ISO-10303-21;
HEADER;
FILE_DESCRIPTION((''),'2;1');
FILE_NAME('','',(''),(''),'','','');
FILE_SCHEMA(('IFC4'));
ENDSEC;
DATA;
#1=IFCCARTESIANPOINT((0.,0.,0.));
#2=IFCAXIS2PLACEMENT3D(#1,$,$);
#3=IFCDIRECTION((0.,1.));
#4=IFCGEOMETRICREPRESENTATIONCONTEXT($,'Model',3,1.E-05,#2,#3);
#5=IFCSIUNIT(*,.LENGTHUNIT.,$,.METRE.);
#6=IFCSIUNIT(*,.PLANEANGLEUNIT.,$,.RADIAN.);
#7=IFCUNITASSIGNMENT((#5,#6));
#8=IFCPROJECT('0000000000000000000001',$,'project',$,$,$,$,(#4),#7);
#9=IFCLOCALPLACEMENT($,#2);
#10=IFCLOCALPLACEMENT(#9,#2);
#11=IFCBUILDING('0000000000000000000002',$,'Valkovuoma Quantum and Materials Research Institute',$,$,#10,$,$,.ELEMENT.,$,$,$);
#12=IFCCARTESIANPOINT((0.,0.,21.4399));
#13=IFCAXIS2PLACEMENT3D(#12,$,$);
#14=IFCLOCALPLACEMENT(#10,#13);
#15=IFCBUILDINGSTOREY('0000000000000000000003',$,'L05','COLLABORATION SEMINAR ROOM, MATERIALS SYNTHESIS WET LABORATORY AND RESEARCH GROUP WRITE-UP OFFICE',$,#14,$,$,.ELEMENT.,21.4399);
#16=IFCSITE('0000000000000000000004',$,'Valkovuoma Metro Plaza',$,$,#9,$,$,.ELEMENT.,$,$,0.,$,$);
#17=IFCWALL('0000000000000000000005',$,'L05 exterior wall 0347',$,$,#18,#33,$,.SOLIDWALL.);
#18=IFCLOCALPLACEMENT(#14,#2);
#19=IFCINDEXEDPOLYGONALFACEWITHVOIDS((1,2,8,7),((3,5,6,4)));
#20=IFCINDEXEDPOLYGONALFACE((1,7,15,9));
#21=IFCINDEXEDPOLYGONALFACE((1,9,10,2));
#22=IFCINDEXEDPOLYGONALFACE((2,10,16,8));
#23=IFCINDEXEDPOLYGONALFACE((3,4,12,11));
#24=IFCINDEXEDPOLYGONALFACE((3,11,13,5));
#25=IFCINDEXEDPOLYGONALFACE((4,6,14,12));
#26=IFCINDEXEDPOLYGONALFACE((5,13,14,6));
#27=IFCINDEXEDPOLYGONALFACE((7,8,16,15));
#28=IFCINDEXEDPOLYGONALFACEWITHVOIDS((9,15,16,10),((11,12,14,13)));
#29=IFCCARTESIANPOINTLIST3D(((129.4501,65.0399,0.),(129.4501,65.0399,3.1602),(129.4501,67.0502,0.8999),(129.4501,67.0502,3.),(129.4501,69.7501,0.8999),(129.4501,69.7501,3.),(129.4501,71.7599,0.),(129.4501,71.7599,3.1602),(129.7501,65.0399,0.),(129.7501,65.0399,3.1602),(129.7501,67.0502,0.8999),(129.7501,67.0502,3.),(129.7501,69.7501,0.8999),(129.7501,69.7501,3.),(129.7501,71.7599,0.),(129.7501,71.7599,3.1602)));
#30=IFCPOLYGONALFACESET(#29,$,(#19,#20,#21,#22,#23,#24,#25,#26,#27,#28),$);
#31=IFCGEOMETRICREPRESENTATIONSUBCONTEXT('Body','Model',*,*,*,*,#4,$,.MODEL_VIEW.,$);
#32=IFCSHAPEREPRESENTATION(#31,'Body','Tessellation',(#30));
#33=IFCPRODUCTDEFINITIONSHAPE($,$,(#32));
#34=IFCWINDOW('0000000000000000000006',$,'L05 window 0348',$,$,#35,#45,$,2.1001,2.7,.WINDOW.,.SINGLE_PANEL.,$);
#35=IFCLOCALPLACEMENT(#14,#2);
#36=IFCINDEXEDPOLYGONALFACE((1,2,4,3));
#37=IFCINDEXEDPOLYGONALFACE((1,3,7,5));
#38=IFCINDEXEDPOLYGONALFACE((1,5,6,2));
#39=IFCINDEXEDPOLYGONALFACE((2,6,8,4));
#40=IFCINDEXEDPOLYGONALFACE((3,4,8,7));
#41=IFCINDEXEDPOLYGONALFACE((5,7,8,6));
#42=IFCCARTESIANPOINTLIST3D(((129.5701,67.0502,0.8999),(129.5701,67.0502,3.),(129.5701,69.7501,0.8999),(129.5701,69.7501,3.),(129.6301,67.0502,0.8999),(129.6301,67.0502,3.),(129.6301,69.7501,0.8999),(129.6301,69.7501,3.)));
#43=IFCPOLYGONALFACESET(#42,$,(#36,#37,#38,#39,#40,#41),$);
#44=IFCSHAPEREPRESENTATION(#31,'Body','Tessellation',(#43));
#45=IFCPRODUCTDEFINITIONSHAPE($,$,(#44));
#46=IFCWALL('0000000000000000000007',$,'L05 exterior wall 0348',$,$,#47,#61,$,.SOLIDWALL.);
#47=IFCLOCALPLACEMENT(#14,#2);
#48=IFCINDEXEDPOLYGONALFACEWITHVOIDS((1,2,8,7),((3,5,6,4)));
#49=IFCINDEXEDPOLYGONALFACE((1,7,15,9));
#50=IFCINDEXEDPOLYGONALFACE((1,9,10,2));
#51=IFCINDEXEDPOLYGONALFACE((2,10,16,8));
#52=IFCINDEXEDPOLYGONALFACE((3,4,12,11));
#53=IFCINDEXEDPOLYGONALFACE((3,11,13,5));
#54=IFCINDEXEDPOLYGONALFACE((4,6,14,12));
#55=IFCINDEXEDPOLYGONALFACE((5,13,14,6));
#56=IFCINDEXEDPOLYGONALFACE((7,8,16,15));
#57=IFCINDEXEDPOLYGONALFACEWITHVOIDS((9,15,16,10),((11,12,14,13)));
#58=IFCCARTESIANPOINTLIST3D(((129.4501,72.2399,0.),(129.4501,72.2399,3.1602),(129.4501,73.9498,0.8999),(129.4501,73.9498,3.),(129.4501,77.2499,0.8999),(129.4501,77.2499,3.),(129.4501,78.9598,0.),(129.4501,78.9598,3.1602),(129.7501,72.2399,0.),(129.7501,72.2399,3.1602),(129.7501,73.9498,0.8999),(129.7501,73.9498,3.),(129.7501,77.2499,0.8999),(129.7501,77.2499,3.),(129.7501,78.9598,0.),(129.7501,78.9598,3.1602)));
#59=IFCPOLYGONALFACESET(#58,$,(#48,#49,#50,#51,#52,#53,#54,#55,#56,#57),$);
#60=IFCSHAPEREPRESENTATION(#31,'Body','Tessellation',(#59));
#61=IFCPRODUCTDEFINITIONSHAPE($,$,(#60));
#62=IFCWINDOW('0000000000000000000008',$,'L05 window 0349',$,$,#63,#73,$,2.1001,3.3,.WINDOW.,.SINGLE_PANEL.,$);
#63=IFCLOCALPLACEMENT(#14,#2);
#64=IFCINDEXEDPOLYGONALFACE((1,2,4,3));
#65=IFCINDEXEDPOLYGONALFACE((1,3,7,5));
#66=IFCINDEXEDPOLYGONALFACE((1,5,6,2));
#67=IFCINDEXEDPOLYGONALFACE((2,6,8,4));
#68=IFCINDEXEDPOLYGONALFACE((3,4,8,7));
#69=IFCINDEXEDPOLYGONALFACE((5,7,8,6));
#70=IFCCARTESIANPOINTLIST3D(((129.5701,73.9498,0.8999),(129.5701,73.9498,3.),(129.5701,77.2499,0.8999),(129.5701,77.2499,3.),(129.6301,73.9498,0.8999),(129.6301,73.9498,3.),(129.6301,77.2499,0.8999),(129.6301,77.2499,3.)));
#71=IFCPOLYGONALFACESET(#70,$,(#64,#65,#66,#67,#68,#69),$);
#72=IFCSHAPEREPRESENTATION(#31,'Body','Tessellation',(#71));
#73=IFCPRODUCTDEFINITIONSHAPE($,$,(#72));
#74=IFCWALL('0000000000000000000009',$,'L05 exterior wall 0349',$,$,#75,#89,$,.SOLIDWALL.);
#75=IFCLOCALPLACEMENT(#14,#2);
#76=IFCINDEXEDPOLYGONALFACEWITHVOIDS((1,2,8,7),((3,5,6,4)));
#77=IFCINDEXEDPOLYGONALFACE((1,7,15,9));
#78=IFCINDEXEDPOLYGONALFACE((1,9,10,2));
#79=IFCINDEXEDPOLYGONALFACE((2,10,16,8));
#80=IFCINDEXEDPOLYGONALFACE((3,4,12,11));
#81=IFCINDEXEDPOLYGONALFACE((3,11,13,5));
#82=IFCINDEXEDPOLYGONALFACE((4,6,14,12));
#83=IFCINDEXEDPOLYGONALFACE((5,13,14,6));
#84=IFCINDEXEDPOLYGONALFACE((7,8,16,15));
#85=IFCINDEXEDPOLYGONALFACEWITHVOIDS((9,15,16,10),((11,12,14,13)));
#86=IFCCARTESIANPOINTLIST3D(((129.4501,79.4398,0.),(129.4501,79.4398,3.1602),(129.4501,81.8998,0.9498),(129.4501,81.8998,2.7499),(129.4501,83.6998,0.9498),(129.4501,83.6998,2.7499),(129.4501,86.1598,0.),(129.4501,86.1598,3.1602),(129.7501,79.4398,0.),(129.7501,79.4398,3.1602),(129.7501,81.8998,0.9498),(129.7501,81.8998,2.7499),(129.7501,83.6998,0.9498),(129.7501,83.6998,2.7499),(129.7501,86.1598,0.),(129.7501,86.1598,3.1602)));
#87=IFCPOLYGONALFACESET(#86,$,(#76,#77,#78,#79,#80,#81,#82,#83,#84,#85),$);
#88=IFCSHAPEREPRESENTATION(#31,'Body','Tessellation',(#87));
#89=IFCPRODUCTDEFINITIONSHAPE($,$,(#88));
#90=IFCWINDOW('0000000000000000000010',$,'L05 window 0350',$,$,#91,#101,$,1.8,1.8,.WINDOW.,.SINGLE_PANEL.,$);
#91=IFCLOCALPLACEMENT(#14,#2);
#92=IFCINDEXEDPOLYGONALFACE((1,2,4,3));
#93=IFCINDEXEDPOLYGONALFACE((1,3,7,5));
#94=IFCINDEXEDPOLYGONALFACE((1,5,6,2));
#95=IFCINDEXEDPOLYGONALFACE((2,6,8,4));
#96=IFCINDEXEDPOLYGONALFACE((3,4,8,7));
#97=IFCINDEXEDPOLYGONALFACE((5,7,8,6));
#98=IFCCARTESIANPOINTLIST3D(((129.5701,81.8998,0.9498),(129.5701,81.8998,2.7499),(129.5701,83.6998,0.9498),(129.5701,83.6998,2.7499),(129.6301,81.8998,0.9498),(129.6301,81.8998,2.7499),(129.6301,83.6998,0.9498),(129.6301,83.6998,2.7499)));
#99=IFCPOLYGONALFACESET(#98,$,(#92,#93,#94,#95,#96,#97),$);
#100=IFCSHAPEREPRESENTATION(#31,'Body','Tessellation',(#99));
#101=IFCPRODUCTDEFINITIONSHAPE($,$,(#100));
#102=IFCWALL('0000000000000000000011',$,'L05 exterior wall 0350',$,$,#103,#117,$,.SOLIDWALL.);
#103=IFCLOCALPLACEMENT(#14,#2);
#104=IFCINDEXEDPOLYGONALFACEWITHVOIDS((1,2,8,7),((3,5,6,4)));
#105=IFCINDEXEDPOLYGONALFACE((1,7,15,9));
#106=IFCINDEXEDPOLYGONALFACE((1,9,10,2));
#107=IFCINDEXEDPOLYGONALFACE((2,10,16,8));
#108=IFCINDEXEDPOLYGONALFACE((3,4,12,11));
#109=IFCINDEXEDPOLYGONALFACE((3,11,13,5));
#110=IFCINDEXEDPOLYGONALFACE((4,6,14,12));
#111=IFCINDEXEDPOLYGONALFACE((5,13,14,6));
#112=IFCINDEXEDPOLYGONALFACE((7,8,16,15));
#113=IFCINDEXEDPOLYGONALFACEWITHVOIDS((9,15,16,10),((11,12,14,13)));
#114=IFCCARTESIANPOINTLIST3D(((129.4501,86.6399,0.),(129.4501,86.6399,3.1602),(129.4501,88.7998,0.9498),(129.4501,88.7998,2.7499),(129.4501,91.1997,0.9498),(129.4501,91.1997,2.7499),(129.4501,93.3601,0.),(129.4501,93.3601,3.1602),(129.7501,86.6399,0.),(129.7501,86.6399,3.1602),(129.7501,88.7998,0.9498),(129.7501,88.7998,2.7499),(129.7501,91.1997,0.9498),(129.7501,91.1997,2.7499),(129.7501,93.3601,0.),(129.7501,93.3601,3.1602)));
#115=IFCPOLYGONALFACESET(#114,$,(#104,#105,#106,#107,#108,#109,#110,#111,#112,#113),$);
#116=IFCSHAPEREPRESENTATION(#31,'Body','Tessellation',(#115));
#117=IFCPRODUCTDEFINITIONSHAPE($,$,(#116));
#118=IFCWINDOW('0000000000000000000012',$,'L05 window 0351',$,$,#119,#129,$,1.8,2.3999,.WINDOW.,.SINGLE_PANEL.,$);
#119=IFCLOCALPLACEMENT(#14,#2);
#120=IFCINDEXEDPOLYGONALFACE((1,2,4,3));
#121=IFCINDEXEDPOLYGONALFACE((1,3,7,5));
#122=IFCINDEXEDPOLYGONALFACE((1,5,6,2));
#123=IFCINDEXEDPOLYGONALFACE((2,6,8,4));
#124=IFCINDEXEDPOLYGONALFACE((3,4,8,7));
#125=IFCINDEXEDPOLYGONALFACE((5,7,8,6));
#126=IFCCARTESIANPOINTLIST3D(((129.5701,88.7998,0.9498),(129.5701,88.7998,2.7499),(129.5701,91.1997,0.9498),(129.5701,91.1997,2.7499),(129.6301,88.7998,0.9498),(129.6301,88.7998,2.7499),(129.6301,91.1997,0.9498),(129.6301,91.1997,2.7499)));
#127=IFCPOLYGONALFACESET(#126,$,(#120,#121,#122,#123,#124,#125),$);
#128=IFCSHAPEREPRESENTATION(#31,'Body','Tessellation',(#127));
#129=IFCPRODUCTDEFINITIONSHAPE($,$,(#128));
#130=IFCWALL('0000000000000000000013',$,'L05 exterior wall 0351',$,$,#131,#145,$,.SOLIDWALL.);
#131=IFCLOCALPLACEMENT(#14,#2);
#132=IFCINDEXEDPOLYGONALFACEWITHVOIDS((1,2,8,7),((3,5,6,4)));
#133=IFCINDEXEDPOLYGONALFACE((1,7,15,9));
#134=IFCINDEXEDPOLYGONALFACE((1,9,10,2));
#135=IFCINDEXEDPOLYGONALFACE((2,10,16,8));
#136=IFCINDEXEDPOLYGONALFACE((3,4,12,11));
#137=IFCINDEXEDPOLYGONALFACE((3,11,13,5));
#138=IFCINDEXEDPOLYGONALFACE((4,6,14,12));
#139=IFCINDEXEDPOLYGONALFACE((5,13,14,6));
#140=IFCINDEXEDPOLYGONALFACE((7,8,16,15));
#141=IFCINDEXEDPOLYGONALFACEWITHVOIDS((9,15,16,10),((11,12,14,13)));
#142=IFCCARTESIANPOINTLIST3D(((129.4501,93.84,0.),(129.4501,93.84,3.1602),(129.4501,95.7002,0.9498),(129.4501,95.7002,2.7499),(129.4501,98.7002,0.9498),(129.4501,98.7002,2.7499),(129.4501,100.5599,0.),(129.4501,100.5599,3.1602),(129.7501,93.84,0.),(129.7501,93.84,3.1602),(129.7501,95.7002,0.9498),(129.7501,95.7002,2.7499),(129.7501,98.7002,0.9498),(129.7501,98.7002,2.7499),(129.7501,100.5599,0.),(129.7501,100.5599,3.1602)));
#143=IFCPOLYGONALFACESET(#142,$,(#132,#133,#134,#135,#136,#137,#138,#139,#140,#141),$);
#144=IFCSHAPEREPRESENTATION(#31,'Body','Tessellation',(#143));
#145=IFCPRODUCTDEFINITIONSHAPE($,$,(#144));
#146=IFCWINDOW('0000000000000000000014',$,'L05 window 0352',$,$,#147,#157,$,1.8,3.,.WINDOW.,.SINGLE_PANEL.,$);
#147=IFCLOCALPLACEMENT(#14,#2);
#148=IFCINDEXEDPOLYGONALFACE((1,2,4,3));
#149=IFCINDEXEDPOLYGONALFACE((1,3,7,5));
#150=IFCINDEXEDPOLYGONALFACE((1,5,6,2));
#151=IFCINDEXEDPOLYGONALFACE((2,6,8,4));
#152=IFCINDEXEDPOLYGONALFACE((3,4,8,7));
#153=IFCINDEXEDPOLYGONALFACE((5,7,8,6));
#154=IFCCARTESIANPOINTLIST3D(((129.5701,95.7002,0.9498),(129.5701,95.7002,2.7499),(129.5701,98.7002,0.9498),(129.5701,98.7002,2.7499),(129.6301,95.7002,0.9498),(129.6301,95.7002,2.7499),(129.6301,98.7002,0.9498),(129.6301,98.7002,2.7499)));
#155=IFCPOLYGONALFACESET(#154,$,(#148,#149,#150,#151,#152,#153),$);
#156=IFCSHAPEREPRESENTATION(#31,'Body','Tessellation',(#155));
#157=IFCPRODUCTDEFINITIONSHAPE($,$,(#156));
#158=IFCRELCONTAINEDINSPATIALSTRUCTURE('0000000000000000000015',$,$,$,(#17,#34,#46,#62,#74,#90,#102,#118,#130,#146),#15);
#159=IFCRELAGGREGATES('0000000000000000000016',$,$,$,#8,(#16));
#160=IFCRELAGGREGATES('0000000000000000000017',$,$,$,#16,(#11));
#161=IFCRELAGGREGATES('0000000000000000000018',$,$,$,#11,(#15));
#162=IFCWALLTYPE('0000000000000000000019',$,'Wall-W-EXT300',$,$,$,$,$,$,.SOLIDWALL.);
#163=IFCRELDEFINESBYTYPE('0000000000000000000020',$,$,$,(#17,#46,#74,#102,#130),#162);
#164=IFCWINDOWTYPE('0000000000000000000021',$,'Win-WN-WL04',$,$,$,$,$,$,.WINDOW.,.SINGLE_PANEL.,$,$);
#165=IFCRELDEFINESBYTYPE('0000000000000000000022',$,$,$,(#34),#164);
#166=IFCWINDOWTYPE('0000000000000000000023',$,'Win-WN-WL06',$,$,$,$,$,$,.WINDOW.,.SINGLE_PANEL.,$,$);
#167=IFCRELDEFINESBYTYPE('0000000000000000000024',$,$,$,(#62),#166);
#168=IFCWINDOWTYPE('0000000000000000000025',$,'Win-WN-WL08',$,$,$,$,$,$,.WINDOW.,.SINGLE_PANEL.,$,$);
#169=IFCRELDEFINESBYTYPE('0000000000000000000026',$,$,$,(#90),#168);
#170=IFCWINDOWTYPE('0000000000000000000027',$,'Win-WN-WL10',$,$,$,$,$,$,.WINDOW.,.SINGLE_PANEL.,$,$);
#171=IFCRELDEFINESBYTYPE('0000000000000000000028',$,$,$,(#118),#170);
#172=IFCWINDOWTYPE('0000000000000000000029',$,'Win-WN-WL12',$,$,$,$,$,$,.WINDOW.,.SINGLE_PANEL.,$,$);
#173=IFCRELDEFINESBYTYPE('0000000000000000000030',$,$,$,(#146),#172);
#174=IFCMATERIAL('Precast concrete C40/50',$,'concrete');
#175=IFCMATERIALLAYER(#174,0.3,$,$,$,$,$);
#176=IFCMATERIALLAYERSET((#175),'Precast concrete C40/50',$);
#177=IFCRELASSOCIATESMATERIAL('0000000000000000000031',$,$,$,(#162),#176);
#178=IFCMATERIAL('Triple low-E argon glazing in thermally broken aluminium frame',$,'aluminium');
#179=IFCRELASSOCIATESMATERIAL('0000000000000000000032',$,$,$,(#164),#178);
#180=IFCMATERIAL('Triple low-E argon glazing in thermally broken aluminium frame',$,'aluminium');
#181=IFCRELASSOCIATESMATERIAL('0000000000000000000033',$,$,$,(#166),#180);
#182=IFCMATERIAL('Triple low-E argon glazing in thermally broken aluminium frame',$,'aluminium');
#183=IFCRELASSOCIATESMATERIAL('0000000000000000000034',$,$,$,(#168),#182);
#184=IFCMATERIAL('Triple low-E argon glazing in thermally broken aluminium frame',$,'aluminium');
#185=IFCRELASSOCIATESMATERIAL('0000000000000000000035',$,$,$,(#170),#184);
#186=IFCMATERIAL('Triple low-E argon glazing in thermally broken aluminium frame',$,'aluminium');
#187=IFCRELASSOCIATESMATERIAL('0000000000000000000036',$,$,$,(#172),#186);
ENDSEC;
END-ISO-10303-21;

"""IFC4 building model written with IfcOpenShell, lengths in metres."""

from ifc_helpers import new_model, si_unit, direction, frame, frame_2d, origin, place, context, subcontext, project, spatial, rectangle, extrude, material, layer, layer_set, type_object, element, fill, save


model = new_model("IFC4")

# Units and contexts
model_context = context("Model", 3, precision=1e-05, world=origin(), true_north=direction((0.0, 1.0)))
body_context = subcontext(model_context, "Body", "Model", "MODEL_VIEW")
ifc_project = project(units=[si_unit("LENGTHUNIT", "METRE"), si_unit("PLANEANGLEUNIT", "RADIAN")], contexts=[model_context])

# Site, building, storey
site_placement = place(None, origin())
site = spatial("IfcSite", under=ifc_project, at=site_placement, Name="Valkovuoma Metro Plaza", CompositionType="ELEMENT", RefElevation=0.0)
building_placement = place(site_placement, origin())
building = spatial("IfcBuilding", under=site, at=building_placement, Name="Valkovuoma Quantum and Materials Research Institute", CompositionType="ELEMENT")
storey_placement = place(building_placement, frame((0.0, 0.0, 21.4399)))
storey = spatial("IfcBuildingStorey", under=building, at=storey_placement, Name="L05", Description="COLLABORATION SEMINAR ROOM, MATERIALS SYNTHESIS WET LABORATORY AND RESEARCH GROUP WRITE-UP OFFICE", CompositionType="ELEMENT", Elevation=21.4399)

# Walls, openings, windows
ifc_material_1 = material(Name="Precast concrete C40/50", Category="concrete")
ifc_layer = layer(ifc_material_1, 0.3)
ifc_layer_set = layer_set([ifc_layer], Name="Precast concrete C40/50")
wall_type = type_object("IfcWallType", Name="Wall-W-EXT300", PredefinedType="SOLIDWALL", material=ifc_layer_set)
wall_1_placement = place(storey_placement, frame((129.6001, 65.04, 0.0), z_axis=(0.0, 0.0, 1.0), x_axis=(0.0, 1.0, 0.0)))
wall_1 = element("IfcWall", 1, at=wall_1_placement, inside=storey, type_object=wall_type, Name="L05 exterior wall 0347", PredefinedType="SOLIDWALL", context=body_context, shape_type="SweptSolid", body=[
    extrude(rectangle(XDim=6.72, YDim=0.3, at=frame_2d((3.3599, 0.0))), origin(), (0.0, 0.0, 1.0), 3.1602),
])
opening_1_placement = place(wall_1_placement, frame((2.01, 0.0, 0.8999)))
opening_1 = element("IfcOpeningElement", 2, at=opening_1_placement, cuts=wall_1, PredefinedType="OPENING", context=body_context, shape_type="SweptSolid", body=[
    extrude(rectangle(XDim=2.7, YDim=2.1001, at=frame_2d((1.3501, 1.05))), frame((0.0, 0.1602, 0.0), z_axis=(0.0, -1.0, 0.0), x_axis=(1.0, 0.0, 0.0)), (0.0, 0.0, 1.0), 0.3201),
])
ifc_material_2 = material(Name="Triple low-E argon glazing in thermally broken aluminium frame", Category="aluminium")
window_type_1 = type_object("IfcWindowType", Name="Win-WN-WL04", PartitioningType="SINGLE_PANEL", PredefinedType="WINDOW", material=ifc_material_2)
window_1_placement = place(opening_1_placement, origin())
window_1 = element("IfcWindow", 3, at=window_1_placement, inside=storey, type_object=window_type_1, Name="L05 window 0348", OverallHeight=2.1001, OverallWidth=2.7, PartitioningType="SINGLE_PANEL", PredefinedType="WINDOW", context=body_context, shape_type="SweptSolid", body=[
    extrude(rectangle(XDim=2.7, YDim=2.1001, at=frame_2d((1.3501, 1.05))), frame((0.0, 0.03, 0.0), z_axis=(0.0, -1.0, 0.0), x_axis=(1.0, 0.0, 0.0)), (0.0, 0.0, 1.0), 0.0601),
])
fill(opening_1, window_1)
wall_2_placement = place(storey_placement, frame((129.6001, 72.24, 0.0), z_axis=(0.0, 0.0, 1.0), x_axis=(0.0, 1.0, 0.0)))
wall_2 = element("IfcWall", 4, at=wall_2_placement, inside=storey, type_object=wall_type, Name="L05 exterior wall 0348", PredefinedType="SOLIDWALL", context=body_context, shape_type="SweptSolid", body=[
    extrude(rectangle(XDim=6.72, YDim=0.3, at=frame_2d((3.3599, 0.0))), origin(), (0.0, 0.0, 1.0), 3.1602),
])
opening_2_placement = place(wall_2_placement, frame((1.71, 0.0, 0.8999)))
opening_2 = element("IfcOpeningElement", 5, at=opening_2_placement, cuts=wall_2, PredefinedType="OPENING", context=body_context, shape_type="SweptSolid", body=[
    extrude(rectangle(XDim=3.3, YDim=2.1001, at=frame_2d((1.6499, 1.05))), frame((0.0, 0.1602, 0.0), z_axis=(0.0, -1.0, 0.0), x_axis=(1.0, 0.0, 0.0)), (0.0, 0.0, 1.0), 0.3201),
])
ifc_material_3 = material(Name="Triple low-E argon glazing in thermally broken aluminium frame", Category="aluminium")
window_type_2 = type_object("IfcWindowType", Name="Win-WN-WL06", PartitioningType="SINGLE_PANEL", PredefinedType="WINDOW", material=ifc_material_3)
window_2_placement = place(opening_2_placement, origin())
window_2 = element("IfcWindow", 6, at=window_2_placement, inside=storey, type_object=window_type_2, Name="L05 window 0349", OverallHeight=2.1001, OverallWidth=3.3, PartitioningType="SINGLE_PANEL", PredefinedType="WINDOW", context=body_context, shape_type="SweptSolid", body=[
    extrude(rectangle(XDim=3.3, YDim=2.1001, at=frame_2d((1.6499, 1.05))), frame((0.0, 0.03, 0.0), z_axis=(0.0, -1.0, 0.0), x_axis=(1.0, 0.0, 0.0)), (0.0, 0.0, 1.0), 0.0601),
])
fill(opening_2, window_2)
wall_3_placement = place(storey_placement, frame((129.6001, 79.4399, 0.0), z_axis=(0.0, 0.0, 1.0), x_axis=(0.0, 1.0, 0.0)))
wall_3 = element("IfcWall", 7, at=wall_3_placement, inside=storey, type_object=wall_type, Name="L05 exterior wall 0349", PredefinedType="SOLIDWALL", context=body_context, shape_type="SweptSolid", body=[
    extrude(rectangle(XDim=6.72, YDim=0.3, at=frame_2d((3.3599, 0.0))), origin(), (0.0, 0.0, 1.0), 3.1602),
])
opening_3_placement = place(wall_3_placement, frame((2.46, 0.0, 0.95)))
opening_3 = element("IfcOpeningElement", 8, at=opening_3_placement, cuts=wall_3, PredefinedType="OPENING", context=body_context, shape_type="SweptSolid", body=[
    extrude(rectangle(XDim=1.8, YDim=1.8, at=frame_2d((0.8999, 0.8999))), frame((0.0, 0.1602, 0.0), z_axis=(0.0, -1.0, 0.0), x_axis=(1.0, 0.0, 0.0)), (0.0, 0.0, 1.0), 0.3201),
])
ifc_material_4 = material(Name="Triple low-E argon glazing in thermally broken aluminium frame", Category="aluminium")
window_type_3 = type_object("IfcWindowType", Name="Win-WN-WL08", PartitioningType="SINGLE_PANEL", PredefinedType="WINDOW", material=ifc_material_4)
window_3_placement = place(opening_3_placement, origin())
window_3 = element("IfcWindow", 9, at=window_3_placement, inside=storey, type_object=window_type_3, Name="L05 window 0350", OverallHeight=1.8, OverallWidth=1.8, PartitioningType="SINGLE_PANEL", PredefinedType="WINDOW", context=body_context, shape_type="SweptSolid", body=[
    extrude(rectangle(XDim=1.8, YDim=1.8, at=frame_2d((0.8999, 0.8999))), frame((0.0, 0.03, 0.0), z_axis=(0.0, -1.0, 0.0), x_axis=(1.0, 0.0, 0.0)), (0.0, 0.0, 1.0), 0.0601),
])
fill(opening_3, window_3)
wall_4_placement = place(storey_placement, frame((129.6001, 86.6399, 0.0), z_axis=(0.0, 0.0, 1.0), x_axis=(0.0, 1.0, 0.0)))
wall_4 = element("IfcWall", 10, at=wall_4_placement, inside=storey, type_object=wall_type, Name="L05 exterior wall 0350", PredefinedType="SOLIDWALL", context=body_context, shape_type="SweptSolid", body=[
    extrude(rectangle(XDim=6.7202, YDim=0.3, at=frame_2d((3.3601, 0.0))), origin(), (0.0, 0.0, 1.0), 3.1602),
])
opening_4_placement = place(wall_4_placement, frame((2.1599, 0.0, 0.95)))
opening_4 = element("IfcOpeningElement", 11, at=opening_4_placement, cuts=wall_4, PredefinedType="OPENING", context=body_context, shape_type="SweptSolid", body=[
    extrude(rectangle(XDim=2.3999, YDim=1.8, at=frame_2d((1.2, 0.8999))), frame((0.0, 0.1602, 0.0), z_axis=(0.0, -1.0, 0.0), x_axis=(1.0, 0.0, 0.0)), (0.0, 0.0, 1.0), 0.3201),
])
ifc_material_5 = material(Name="Triple low-E argon glazing in thermally broken aluminium frame", Category="aluminium")
window_type_4 = type_object("IfcWindowType", Name="Win-WN-WL10", PartitioningType="SINGLE_PANEL", PredefinedType="WINDOW", material=ifc_material_5)
window_4_placement = place(opening_4_placement, origin())
window_4 = element("IfcWindow", 12, at=window_4_placement, inside=storey, type_object=window_type_4, Name="L05 window 0351", OverallHeight=1.8, OverallWidth=2.3999, PartitioningType="SINGLE_PANEL", PredefinedType="WINDOW", context=body_context, shape_type="SweptSolid", body=[
    extrude(rectangle(XDim=2.3999, YDim=1.8, at=frame_2d((1.2, 0.8999))), frame((0.0, 0.03, 0.0), z_axis=(0.0, -1.0, 0.0), x_axis=(1.0, 0.0, 0.0)), (0.0, 0.0, 1.0), 0.0601),
])
fill(opening_4, window_4)
wall_5_placement = place(storey_placement, frame((129.6001, 93.8401, 0.0), z_axis=(0.0, 0.0, 1.0), x_axis=(0.0, 1.0, 0.0)))
wall_5 = element("IfcWall", 13, at=wall_5_placement, inside=storey, type_object=wall_type, Name="L05 exterior wall 0351", PredefinedType="SOLIDWALL", context=body_context, shape_type="SweptSolid", body=[
    extrude(rectangle(XDim=6.72, YDim=0.3, at=frame_2d((3.3599, 0.0))), origin(), (0.0, 0.0, 1.0), 3.1602),
])
opening_5_placement = place(wall_5_placement, frame((1.8601, 0.0, 0.95)))
opening_5 = element("IfcOpeningElement", 14, at=opening_5_placement, cuts=wall_5, PredefinedType="OPENING", context=body_context, shape_type="SweptSolid", body=[
    extrude(rectangle(XDim=3.0, YDim=1.8, at=frame_2d((1.5, 0.8999))), frame((0.0, 0.1602, 0.0), z_axis=(0.0, -1.0, 0.0), x_axis=(1.0, 0.0, 0.0)), (0.0, 0.0, 1.0), 0.3201),
])
ifc_material_6 = material(Name="Triple low-E argon glazing in thermally broken aluminium frame", Category="aluminium")
window_type_5 = type_object("IfcWindowType", Name="Win-WN-WL12", PartitioningType="SINGLE_PANEL", PredefinedType="WINDOW", material=ifc_material_6)
window_5_placement = place(opening_5_placement, origin())
window_5 = element("IfcWindow", 15, at=window_5_placement, inside=storey, type_object=window_type_5, Name="L05 window 0352", OverallHeight=1.8, OverallWidth=3.0, PartitioningType="SINGLE_PANEL", PredefinedType="WINDOW", context=body_context, shape_type="SweptSolid", body=[
    extrude(rectangle(XDim=3.0, YDim=1.8, at=frame_2d((1.5, 0.8999))), frame((0.0, 0.03, 0.0), z_axis=(0.0, -1.0, 0.0), x_axis=(1.0, 0.0, 0.0)), (0.0, 0.0, 1.0), 0.0601),
])
fill(opening_5, window_5)

save(model, "model.ifc")
